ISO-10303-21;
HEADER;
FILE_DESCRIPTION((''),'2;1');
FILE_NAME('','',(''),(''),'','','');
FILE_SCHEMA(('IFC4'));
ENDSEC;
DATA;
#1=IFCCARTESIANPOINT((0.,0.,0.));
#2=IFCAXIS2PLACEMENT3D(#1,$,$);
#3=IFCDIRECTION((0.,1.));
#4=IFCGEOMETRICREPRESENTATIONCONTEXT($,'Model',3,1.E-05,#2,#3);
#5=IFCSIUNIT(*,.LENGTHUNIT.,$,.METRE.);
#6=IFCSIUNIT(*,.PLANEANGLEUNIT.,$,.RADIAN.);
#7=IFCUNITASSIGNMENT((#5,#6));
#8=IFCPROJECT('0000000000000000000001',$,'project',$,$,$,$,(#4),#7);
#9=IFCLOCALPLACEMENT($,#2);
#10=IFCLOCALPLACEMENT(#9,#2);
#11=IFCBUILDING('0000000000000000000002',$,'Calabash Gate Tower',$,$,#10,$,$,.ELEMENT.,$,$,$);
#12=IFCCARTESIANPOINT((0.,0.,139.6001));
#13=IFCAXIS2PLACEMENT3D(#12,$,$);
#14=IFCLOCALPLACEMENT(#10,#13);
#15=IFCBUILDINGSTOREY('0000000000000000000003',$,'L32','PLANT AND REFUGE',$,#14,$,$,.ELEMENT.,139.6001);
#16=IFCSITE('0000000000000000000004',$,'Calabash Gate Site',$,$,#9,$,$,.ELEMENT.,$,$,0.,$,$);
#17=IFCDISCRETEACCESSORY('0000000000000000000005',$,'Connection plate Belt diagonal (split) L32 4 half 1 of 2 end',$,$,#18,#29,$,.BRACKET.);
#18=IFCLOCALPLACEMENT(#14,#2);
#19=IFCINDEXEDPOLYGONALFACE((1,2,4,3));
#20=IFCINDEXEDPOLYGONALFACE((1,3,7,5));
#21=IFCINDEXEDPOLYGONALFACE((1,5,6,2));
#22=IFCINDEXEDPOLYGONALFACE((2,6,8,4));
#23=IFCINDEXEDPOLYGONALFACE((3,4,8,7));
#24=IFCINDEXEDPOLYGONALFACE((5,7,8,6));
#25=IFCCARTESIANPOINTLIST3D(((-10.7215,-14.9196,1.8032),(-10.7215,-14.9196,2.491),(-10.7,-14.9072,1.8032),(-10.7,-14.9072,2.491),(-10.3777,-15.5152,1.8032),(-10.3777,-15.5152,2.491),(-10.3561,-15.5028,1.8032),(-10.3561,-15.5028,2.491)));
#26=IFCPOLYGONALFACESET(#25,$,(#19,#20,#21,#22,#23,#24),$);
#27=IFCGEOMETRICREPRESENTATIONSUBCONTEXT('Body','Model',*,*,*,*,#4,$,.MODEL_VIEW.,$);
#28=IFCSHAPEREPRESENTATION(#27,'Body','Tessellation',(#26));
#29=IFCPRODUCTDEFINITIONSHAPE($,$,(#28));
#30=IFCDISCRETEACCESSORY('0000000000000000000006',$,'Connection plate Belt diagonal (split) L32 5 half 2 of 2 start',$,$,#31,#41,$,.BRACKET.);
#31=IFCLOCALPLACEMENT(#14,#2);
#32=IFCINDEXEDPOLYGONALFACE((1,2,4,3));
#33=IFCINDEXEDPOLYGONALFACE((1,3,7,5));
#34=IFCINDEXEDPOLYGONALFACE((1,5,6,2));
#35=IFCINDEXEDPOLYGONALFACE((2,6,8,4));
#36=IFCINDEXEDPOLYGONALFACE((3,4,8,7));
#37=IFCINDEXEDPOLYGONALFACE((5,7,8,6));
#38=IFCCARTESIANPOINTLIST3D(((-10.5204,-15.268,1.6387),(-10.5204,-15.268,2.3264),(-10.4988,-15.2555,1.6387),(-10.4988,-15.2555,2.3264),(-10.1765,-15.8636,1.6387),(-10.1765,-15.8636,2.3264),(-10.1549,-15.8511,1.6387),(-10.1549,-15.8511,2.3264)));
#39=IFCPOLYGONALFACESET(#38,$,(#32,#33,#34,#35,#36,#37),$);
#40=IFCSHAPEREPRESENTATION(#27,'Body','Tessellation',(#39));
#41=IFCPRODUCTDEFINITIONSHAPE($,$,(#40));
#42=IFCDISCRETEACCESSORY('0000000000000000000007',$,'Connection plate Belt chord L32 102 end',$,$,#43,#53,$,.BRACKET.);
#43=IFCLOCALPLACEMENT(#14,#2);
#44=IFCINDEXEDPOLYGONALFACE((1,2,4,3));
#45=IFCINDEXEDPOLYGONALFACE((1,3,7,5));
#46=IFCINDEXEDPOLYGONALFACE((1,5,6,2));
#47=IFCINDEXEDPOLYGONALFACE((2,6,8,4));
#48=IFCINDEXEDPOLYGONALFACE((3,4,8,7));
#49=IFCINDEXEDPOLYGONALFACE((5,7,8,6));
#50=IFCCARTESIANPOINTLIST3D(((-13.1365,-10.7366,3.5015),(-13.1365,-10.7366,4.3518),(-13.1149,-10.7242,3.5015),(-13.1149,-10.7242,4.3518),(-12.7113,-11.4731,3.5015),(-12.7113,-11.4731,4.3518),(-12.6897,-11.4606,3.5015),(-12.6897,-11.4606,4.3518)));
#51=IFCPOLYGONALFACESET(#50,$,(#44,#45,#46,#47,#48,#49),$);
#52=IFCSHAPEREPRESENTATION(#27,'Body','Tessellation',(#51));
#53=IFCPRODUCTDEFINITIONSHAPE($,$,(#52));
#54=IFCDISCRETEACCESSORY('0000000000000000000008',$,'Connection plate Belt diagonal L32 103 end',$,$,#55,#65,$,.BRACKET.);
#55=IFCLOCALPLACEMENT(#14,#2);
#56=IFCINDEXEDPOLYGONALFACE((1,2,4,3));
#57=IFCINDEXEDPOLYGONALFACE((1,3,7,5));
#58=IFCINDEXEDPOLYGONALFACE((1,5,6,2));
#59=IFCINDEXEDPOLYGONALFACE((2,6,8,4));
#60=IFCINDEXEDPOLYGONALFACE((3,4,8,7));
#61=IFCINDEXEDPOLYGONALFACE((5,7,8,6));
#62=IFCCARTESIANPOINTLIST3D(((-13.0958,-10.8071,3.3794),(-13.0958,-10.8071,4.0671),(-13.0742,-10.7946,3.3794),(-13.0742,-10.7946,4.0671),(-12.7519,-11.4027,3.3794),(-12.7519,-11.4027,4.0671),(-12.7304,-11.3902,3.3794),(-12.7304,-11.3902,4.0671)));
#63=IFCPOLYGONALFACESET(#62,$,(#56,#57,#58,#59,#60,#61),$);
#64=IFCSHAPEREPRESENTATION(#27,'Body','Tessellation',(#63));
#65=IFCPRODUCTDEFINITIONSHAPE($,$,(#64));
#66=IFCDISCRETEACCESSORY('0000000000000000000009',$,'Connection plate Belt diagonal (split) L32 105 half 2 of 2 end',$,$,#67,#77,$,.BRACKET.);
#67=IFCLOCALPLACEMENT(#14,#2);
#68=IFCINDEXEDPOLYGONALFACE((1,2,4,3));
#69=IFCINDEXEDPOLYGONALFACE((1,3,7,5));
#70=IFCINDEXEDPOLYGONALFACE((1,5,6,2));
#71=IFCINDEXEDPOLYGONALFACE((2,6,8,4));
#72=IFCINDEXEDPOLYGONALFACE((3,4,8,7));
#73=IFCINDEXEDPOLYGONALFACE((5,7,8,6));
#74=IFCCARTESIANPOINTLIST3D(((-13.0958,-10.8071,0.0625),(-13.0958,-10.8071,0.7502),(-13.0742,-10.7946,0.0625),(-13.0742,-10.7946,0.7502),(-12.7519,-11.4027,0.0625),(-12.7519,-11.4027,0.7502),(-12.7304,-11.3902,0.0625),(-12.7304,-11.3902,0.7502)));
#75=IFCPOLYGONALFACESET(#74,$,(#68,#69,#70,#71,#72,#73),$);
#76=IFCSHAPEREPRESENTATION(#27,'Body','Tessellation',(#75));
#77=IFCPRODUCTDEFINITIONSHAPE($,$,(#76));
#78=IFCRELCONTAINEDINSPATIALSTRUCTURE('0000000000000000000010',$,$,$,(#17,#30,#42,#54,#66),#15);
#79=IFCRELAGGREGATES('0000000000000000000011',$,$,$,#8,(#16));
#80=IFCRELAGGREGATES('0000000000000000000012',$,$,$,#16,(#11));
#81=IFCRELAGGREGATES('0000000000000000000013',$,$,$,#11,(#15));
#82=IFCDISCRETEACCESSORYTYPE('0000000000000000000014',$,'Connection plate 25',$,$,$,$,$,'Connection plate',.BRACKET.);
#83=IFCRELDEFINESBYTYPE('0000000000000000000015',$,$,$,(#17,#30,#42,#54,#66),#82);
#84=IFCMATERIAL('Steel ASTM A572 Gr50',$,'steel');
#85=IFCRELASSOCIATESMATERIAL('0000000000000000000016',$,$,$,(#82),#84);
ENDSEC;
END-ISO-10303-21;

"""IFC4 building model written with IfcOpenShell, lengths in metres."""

from ifc_helpers import new_model, si_unit, direction, frame, origin, origin_2d, place, context, subcontext, project, spatial, rectangle, extrude, material, type_object, element, save


model = new_model("IFC4")

# Units and contexts
model_context = context("Model", 3, precision=1e-05, world=origin(), true_north=direction((0.0, 1.0)))
body_context = subcontext(model_context, "Body", "Model", "MODEL_VIEW")
ifc_project = project(units=[si_unit("LENGTHUNIT", "METRE"), si_unit("PLANEANGLEUNIT", "RADIAN")], contexts=[model_context])

# Site, building, storey
site_placement = place(None, origin())
site = spatial("IfcSite", under=ifc_project, at=site_placement, Name="Calabash Gate Site", CompositionType="ELEMENT", RefElevation=0.0)
building_placement = place(site_placement, origin())
building = spatial("IfcBuilding", under=site, at=building_placement, Name="Calabash Gate Tower", CompositionType="ELEMENT")
storey_placement = place(building_placement, frame((0.0, 0.0, 139.6001)))
storey = spatial("IfcBuildingStorey", under=building, at=storey_placement, Name="L32", Description="PLANT AND REFUGE", CompositionType="ELEMENT", Elevation=139.6001)

# Discrete accessories
ifc_material_1 = material(Name="Steel ASTM A572 Gr50", Category="steel")
discrete_accessory_type = type_object("IfcDiscreteAccessoryType", Name="Connection plate 25", ElementType="Connection plate", PredefinedType="BRACKET", material=ifc_material_1)
for number, where, z_axis, x_axis, name in (
    (1, (-10.5388, -15.2112, 1.8032), (0.0, 0.0, 1.0), (0.5, -0.866025, 0.0), "Connection plate Belt diagonal (split) L32 4 half 1 of 2 end"),
    (2, (-10.3376, -15.5596, 1.6387), (0.0, 0.0, 1.0), (0.5, -0.866025, 0.0), "Connection plate Belt diagonal (split) L32 5 half 2 of 2 start"),
):
    element("IfcDiscreteAccessory", number, at=place(storey_placement, frame(where, z_axis=z_axis, x_axis=x_axis)), inside=storey, type_object=discrete_accessory_type, Name=name, PredefinedType="BRACKET", context=body_context, shape_type="SweptSolid", body=[
        extrude(rectangle(XDim=0.6877, YDim=0.0249, at=origin_2d()), origin(), (0.0, 0.0, 1.0), 0.6877),
    ])
discrete_accessory_placement = place(storey_placement, frame((-12.9131, -11.0986, 3.5015), z_axis=(0.0, 0.0, 1.0), x_axis=(0.5, -0.866025, 0.0)))
element("IfcDiscreteAccessory", 3, at=discrete_accessory_placement, inside=storey, type_object=discrete_accessory_type, Name="Connection plate Belt chord L32 102 end", PredefinedType="BRACKET", context=body_context, shape_type="SweptSolid", body=[
    extrude(rectangle(XDim=0.8503, YDim=0.0249, at=origin_2d()), origin(), (0.0, 0.0, 1.0), 0.8503),
])
for number, where, z_axis, x_axis, name in (
    (4, (-12.9131, -11.0986, 3.3794), (0.0, 0.0, 1.0), (0.5, -0.866025, 0.0), "Connection plate Belt diagonal L32 103 end"),
    (5, (-12.9131, -11.0986, 0.0625), (0.0, 0.0, 1.0), (0.5, -0.866025, 0.0), "Connection plate Belt diagonal (split) L32 105 half 2 of 2 end"),
):
    element("IfcDiscreteAccessory", number, at=place(storey_placement, frame(where, z_axis=z_axis, x_axis=x_axis)), inside=storey, type_object=discrete_accessory_type, Name=name, PredefinedType="BRACKET", context=body_context, shape_type="SweptSolid", body=[
        extrude(rectangle(XDim=0.6877, YDim=0.0249, at=origin_2d()), origin(), (0.0, 0.0, 1.0), 0.6877),
    ])

save(model, "model.ifc")
